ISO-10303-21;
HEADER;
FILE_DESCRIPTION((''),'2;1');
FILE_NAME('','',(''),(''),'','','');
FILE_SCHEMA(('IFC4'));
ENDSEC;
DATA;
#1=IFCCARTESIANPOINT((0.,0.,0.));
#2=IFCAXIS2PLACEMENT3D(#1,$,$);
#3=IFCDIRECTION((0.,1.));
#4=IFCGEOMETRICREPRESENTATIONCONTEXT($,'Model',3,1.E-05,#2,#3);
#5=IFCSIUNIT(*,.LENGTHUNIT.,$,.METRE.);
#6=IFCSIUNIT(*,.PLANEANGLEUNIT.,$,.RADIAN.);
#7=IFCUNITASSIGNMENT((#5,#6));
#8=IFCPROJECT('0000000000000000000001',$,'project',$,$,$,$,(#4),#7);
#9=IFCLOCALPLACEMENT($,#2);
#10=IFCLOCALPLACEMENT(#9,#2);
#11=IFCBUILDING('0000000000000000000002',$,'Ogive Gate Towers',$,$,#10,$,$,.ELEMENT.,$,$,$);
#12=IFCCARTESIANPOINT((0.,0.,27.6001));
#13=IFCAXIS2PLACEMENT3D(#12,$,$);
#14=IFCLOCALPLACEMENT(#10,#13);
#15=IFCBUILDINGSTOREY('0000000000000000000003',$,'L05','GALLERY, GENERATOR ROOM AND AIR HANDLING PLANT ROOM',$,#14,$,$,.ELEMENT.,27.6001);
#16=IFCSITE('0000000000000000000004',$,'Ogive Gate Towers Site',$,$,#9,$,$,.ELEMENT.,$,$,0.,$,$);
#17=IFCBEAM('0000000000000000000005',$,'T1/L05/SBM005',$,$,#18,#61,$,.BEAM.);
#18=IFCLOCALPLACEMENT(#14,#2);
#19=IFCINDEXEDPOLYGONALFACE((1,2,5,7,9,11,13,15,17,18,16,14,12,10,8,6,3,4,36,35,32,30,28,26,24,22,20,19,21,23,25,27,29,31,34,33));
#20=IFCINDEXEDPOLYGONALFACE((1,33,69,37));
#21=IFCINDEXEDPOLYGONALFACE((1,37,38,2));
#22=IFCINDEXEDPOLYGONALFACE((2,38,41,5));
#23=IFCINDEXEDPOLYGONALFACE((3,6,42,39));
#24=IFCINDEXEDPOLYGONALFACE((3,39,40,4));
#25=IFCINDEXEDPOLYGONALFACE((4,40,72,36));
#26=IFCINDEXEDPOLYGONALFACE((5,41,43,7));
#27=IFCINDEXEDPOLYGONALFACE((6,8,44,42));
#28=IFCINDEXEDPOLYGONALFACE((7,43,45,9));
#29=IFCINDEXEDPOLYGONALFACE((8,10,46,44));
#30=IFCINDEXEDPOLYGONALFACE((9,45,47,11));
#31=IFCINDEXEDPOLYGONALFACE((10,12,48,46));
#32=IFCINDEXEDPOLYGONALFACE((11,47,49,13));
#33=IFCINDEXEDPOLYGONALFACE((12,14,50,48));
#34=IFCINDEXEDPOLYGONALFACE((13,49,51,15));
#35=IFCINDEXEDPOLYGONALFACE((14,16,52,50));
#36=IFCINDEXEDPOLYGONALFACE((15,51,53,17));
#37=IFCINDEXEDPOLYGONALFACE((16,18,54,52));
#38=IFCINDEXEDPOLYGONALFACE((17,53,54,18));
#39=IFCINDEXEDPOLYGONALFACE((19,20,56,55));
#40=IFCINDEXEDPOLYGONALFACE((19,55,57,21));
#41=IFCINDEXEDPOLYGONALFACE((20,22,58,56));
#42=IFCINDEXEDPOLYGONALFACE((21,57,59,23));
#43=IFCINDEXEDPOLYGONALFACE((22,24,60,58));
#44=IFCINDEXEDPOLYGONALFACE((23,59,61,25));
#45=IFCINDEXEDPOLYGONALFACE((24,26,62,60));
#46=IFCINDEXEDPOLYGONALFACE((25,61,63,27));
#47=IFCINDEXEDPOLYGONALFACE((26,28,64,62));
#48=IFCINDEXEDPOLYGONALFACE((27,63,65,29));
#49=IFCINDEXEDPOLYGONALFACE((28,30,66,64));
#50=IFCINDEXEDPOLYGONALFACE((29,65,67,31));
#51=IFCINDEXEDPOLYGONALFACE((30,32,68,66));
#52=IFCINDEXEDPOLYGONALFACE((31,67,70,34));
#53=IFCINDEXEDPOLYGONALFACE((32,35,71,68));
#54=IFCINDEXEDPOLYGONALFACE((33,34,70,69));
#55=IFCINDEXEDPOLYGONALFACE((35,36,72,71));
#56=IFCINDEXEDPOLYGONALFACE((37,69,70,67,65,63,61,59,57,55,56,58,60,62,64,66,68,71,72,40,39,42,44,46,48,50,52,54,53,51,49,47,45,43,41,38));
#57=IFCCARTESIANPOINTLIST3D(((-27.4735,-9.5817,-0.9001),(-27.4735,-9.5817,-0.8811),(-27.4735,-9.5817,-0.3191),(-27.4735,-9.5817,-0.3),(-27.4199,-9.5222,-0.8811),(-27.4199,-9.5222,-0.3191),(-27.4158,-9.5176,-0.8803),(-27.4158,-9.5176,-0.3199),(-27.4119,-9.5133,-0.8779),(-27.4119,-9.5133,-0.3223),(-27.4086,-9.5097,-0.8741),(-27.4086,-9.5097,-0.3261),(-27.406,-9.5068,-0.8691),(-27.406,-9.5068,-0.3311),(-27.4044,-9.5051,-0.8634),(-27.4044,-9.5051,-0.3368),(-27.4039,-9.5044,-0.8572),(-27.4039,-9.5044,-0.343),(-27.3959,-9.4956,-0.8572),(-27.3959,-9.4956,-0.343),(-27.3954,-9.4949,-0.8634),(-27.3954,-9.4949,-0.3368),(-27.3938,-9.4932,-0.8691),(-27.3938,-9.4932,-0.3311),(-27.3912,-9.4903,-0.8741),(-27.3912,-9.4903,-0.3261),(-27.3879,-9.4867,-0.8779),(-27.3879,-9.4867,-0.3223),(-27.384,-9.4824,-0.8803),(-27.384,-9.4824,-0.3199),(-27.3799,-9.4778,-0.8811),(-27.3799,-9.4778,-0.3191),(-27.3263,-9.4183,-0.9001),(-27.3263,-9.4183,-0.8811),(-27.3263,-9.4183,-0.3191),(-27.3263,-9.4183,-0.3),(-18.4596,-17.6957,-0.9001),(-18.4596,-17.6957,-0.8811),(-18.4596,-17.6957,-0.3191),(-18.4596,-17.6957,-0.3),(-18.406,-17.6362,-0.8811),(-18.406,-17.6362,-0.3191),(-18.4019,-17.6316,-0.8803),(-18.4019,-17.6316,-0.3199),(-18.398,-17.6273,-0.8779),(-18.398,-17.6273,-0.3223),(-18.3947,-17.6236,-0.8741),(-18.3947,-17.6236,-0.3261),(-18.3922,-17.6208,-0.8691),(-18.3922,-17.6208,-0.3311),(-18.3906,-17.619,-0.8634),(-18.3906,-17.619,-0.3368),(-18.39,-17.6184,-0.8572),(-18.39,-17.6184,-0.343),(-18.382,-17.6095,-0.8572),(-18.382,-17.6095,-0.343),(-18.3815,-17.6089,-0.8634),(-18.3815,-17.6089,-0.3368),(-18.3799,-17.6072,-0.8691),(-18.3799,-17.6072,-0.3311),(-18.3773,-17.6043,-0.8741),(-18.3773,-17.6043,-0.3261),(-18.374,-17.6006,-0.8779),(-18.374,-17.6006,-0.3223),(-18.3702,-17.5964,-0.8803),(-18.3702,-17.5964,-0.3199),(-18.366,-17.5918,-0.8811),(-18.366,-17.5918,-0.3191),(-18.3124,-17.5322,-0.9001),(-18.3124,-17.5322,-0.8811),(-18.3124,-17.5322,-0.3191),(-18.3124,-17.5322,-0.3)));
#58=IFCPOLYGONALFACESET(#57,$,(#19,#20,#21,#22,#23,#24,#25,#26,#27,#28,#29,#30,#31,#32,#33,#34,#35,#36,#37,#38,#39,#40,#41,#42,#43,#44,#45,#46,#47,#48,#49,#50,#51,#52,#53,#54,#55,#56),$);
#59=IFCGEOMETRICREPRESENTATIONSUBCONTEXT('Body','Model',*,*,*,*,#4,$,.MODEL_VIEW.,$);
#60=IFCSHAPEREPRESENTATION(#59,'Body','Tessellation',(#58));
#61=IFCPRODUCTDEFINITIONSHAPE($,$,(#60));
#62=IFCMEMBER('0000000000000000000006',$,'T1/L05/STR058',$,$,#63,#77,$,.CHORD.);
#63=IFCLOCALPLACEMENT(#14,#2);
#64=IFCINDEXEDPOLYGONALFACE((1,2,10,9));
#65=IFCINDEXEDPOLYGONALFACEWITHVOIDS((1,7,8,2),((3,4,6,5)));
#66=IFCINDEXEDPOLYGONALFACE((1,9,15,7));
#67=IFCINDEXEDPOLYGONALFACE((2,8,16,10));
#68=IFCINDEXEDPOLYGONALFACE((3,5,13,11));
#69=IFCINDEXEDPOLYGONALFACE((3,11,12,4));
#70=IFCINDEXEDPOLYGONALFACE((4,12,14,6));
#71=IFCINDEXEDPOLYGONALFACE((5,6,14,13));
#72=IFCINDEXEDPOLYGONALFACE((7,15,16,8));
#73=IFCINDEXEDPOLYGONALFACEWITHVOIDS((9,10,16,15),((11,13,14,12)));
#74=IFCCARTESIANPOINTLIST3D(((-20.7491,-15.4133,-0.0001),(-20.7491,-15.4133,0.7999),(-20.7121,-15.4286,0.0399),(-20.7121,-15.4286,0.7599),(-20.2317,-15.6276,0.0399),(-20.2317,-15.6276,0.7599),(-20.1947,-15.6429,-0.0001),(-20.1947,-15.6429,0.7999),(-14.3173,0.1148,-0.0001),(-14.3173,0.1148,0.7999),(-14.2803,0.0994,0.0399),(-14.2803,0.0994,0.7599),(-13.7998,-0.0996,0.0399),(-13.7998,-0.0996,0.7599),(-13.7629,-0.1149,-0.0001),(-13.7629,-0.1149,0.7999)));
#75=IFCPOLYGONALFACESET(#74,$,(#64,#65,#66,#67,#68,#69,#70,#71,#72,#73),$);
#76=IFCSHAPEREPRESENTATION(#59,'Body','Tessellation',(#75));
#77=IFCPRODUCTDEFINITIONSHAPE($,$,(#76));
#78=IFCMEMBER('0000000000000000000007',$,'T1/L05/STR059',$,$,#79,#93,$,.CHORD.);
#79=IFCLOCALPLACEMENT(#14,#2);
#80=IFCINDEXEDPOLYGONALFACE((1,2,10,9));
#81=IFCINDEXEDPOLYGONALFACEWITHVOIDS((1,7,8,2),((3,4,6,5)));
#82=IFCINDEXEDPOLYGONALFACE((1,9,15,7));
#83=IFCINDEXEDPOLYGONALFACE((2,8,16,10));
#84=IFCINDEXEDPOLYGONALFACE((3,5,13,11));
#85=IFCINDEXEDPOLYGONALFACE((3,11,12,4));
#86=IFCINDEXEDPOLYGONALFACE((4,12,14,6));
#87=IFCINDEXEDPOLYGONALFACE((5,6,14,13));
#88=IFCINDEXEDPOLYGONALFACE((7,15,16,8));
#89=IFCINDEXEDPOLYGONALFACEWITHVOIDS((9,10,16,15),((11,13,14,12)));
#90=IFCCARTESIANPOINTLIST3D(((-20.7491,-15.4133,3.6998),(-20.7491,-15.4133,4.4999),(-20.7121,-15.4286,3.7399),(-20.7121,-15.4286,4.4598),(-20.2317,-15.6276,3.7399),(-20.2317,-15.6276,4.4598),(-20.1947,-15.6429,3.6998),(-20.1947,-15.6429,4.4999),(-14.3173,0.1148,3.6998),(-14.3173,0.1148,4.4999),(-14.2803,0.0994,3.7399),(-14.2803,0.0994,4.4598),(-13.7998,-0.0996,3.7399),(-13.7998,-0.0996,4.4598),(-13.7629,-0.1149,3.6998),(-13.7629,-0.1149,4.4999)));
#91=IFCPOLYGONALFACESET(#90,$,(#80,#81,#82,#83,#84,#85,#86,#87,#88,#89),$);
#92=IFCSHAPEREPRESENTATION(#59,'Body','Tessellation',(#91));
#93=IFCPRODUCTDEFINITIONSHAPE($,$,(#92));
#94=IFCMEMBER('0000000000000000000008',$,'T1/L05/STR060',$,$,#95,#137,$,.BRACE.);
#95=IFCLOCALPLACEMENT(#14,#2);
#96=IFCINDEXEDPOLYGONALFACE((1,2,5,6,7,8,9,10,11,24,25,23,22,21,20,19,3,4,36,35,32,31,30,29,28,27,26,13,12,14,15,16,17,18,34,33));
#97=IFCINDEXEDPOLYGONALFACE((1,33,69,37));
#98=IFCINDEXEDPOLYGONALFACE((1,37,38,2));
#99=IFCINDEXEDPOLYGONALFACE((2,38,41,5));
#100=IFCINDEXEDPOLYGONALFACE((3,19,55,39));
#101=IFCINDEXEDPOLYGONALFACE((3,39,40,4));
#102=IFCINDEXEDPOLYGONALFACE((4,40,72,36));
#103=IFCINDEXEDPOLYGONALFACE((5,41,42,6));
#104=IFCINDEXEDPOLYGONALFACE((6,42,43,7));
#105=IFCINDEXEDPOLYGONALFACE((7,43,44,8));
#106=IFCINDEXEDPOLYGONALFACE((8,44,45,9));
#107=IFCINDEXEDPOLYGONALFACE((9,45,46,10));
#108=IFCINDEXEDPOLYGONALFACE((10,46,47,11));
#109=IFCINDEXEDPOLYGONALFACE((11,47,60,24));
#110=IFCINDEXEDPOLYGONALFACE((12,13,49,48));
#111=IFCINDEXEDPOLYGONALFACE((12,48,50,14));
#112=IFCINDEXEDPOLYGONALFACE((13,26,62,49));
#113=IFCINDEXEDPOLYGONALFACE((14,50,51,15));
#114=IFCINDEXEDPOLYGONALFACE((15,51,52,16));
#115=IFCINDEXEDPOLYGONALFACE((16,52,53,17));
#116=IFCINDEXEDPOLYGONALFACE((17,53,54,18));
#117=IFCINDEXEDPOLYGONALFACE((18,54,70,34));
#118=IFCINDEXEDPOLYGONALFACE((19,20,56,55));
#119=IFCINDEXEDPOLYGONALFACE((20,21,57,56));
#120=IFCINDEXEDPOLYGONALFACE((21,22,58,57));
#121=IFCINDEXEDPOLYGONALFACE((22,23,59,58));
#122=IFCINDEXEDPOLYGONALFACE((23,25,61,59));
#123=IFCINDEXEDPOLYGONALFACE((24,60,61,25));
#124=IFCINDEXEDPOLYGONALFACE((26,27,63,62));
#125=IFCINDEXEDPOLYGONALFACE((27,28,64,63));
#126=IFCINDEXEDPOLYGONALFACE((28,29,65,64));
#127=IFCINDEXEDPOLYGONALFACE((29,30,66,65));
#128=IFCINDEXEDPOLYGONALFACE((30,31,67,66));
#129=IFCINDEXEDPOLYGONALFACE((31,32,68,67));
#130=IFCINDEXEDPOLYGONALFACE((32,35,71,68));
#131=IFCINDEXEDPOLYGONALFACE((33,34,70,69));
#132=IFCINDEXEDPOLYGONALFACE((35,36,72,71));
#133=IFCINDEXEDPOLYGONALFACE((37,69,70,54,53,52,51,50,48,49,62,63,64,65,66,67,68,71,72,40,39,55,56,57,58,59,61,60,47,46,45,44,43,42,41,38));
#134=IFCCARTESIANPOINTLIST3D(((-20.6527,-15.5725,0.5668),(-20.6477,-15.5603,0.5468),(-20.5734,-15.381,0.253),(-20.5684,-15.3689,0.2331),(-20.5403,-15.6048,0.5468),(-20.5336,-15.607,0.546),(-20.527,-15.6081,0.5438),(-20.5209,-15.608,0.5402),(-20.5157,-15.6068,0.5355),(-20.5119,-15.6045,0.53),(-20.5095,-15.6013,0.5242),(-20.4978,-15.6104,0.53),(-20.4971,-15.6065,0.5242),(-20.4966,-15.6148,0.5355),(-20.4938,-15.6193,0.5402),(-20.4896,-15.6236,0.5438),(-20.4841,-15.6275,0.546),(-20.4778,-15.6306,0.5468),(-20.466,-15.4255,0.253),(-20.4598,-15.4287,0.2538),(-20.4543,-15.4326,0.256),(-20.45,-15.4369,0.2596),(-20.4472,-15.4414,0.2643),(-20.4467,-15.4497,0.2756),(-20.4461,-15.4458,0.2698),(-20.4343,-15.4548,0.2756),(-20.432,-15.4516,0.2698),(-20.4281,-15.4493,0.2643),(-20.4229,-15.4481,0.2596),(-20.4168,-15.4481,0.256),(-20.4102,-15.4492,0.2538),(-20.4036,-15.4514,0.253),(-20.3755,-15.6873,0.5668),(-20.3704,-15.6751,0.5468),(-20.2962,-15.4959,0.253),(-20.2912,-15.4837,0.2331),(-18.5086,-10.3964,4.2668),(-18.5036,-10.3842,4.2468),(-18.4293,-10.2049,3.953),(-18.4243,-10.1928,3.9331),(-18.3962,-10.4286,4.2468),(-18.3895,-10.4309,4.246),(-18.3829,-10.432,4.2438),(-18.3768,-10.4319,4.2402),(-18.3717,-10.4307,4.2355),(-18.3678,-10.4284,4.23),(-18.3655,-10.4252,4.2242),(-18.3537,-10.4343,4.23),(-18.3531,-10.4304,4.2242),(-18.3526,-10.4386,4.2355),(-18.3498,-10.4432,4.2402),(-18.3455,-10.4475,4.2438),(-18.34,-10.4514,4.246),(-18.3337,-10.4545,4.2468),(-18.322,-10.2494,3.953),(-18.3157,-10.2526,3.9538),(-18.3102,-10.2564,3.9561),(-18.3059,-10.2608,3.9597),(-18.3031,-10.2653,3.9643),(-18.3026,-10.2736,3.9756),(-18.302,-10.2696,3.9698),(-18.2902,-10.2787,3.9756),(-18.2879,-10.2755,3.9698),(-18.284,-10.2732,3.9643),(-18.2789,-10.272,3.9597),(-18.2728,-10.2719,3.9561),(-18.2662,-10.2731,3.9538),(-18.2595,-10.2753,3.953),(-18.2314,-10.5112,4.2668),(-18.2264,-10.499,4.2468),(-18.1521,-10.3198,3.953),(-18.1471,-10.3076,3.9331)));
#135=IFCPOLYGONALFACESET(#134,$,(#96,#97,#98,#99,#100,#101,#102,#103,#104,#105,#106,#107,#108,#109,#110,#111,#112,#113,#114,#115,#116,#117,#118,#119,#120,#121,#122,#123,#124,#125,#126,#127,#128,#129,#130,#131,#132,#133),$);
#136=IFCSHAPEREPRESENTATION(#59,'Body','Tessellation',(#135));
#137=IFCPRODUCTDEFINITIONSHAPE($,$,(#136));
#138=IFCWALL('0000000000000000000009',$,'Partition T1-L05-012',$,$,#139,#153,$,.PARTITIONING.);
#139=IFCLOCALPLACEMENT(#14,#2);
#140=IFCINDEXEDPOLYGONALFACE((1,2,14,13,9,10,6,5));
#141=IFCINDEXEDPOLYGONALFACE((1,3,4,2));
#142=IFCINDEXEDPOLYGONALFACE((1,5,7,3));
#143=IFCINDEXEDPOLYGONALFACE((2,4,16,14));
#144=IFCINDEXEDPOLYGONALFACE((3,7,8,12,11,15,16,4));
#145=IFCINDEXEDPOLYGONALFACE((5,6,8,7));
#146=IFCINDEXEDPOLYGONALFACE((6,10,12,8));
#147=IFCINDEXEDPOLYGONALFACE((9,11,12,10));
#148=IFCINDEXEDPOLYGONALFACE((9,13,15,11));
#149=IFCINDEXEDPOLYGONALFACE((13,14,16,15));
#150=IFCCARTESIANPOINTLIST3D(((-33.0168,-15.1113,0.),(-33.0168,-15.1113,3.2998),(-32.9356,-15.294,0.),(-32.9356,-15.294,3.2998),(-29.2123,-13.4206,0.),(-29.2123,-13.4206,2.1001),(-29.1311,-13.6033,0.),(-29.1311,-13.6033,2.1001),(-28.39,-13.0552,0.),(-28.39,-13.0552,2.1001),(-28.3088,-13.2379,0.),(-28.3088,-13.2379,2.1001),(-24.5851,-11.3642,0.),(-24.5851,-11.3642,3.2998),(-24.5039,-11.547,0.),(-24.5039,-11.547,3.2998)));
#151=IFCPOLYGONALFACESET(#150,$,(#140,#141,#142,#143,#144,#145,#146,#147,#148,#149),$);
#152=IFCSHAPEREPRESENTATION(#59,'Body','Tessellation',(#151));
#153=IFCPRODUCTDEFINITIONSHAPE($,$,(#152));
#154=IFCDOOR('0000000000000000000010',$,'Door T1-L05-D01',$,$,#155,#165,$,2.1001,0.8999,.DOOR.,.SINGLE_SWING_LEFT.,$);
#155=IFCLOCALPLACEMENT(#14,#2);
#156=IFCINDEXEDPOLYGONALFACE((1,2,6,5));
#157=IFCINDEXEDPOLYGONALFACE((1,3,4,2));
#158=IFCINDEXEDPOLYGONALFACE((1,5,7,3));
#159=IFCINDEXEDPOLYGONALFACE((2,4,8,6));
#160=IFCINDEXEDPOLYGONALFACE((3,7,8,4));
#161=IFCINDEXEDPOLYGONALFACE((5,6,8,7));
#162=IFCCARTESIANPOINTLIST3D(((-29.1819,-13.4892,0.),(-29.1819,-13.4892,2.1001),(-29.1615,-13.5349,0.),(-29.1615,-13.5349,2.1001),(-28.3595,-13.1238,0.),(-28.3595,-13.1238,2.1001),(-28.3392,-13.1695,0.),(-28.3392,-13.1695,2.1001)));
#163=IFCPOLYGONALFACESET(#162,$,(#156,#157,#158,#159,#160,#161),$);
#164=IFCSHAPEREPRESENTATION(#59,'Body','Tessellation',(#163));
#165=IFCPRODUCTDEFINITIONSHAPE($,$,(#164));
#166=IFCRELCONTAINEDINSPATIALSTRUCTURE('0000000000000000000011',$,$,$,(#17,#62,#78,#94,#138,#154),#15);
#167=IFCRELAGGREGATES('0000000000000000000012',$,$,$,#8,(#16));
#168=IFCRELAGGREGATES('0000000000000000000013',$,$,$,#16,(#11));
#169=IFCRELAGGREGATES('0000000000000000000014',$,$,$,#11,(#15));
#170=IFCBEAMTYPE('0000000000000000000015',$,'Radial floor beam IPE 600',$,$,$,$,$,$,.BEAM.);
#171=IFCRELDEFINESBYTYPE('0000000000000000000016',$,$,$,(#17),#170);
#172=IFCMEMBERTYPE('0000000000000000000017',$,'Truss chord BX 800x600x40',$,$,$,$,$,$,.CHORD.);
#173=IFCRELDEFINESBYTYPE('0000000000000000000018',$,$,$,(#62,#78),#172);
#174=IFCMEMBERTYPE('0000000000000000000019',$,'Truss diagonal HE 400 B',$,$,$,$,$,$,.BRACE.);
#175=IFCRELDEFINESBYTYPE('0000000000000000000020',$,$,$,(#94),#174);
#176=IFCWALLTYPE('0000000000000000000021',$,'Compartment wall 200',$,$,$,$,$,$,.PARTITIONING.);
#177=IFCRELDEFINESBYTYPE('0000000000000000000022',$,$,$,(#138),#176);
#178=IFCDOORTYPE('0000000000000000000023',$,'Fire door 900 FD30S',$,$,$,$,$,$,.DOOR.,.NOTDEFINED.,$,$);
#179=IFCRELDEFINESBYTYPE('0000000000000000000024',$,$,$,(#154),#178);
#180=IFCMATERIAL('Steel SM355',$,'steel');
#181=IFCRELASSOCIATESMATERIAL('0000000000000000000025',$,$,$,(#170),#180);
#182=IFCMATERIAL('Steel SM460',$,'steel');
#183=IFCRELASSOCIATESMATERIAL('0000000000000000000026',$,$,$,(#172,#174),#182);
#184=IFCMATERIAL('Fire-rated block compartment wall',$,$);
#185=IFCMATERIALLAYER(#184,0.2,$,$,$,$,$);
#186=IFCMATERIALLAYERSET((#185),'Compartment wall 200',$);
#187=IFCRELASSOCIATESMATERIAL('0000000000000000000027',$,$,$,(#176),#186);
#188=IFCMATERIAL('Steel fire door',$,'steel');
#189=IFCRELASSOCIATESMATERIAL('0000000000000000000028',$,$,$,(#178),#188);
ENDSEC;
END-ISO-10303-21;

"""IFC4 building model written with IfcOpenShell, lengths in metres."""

from ifc_helpers import new_model, si_unit, direction, frame, frame_2d, origin, origin_2d, place, context, subcontext, project, spatial, rectangle, hollow_rectangle, i_section, extrude, material, layer, layer_set, material_profile, profile_set, type_object, element, fill, save


model = new_model("IFC4")

# Units and contexts
model_context = context("Model", 3, precision=1e-05, world=origin(), true_north=direction((0.0, 1.0)))
body_context = subcontext(model_context, "Body", "Model", "MODEL_VIEW")
ifc_project = project(units=[si_unit("LENGTHUNIT", "METRE"), si_unit("PLANEANGLEUNIT", "RADIAN")], contexts=[model_context])

# Site, building, storey
site_placement = place(None, origin())
site = spatial("IfcSite", under=ifc_project, at=site_placement, Name="Ogive Gate Towers Site", CompositionType="ELEMENT", RefElevation=0.0)
building_placement = place(site_placement, origin())
building = spatial("IfcBuilding", under=site, at=building_placement, Name="Ogive Gate Towers", CompositionType="ELEMENT")
storey_placement = place(building_placement, frame((0.0, 0.0, 27.6001)))
storey = spatial("IfcBuildingStorey", under=building, at=storey_placement, Name="L05", Description="GALLERY, GENERATOR ROOM AND AIR HANDLING PLANT ROOM", CompositionType="ELEMENT", Elevation=27.6001)

# Beam
ifc_material_1 = material(Name="Steel SM460", Category="steel")
ifc_material_2 = material(Name="Steel SM355", Category="steel")
ifc_material_profile_1 = material_profile(ifc_material_2, i_section(OverallWidth=0.22, OverallDepth=0.6001, WebThickness=0.012, FlangeThickness=0.019, FilletRadius=0.0239, at=origin_2d()), Name="IPE 600")
ifc_profile_set_1 = profile_set([ifc_material_profile_1], Name="Steel SM355")
beam_type_1 = type_object("IfcBeamType", Name="Radial floor beam IPE 600", PredefinedType="BEAM", material=ifc_profile_set_1)
beam_1_placement = place(storey_placement, frame((-27.3999, -9.5, -0.6001), z_axis=(0.743233, -0.669033, 0.0), x_axis=(0.669033, 0.743233, 0.0)))
element("IfcBeam", 1, at=beam_1_placement, inside=storey, type_object=beam_type_1, Name="T1/L05/SBM005", PredefinedType="BEAM", context=body_context, shape_type="SweptSolid", body=[
    extrude(i_section(OverallWidth=0.22, OverallDepth=0.6001, WebThickness=0.012, FlangeThickness=0.019, FilletRadius=0.0239, at=origin_2d()), origin(), (0.0, 0.0, 1.0), 12.1279),
])

# Members
ifc_material_profile_2 = material_profile(ifc_material_1, hollow_rectangle(XDim=0.6001, YDim=0.8, WallThickness=0.04, at=origin_2d()), Name="BX 800x600x40")
ifc_profile_set_2 = profile_set([ifc_material_profile_2], Name="Steel SM460")
member_type_1 = type_object("IfcMemberType", Name="Truss chord BX 800x600x40", PredefinedType="CHORD", material=ifc_profile_set_2)
for number, where, z_axis, x_axis, name in (
    (2, (-20.4719, -15.5281, 0.3999), (0.382681, 0.923881, 0.0), (-0.923881, 0.382681, 0.0), "T1/L05/STR058"),
    (3, (-20.4719, -15.5281, 4.0999), (0.382681, 0.923881, 0.0), (-0.923881, 0.382681, 0.0), "T1/L05/STR059"),
):
    element("IfcMember", number, at=place(storey_placement, frame(where, z_axis=z_axis, x_axis=x_axis)), inside=storey, type_object=member_type_1, Name=name, PredefinedType="CHORD", context=body_context, shape_type="SweptSolid", body=[
        extrude(hollow_rectangle(XDim=0.6001, YDim=0.8, WallThickness=0.04, at=origin_2d()), origin(), (0.0, 0.0, 1.0), 16.8074),
    ])
ifc_material_profile_3 = material_profile(ifc_material_1, i_section(OverallWidth=0.3, OverallDepth=0.3999, WebThickness=0.0134, FlangeThickness=0.0239, FilletRadius=0.0271, at=origin_2d()), Name="HE 400 B")
ifc_profile_set_3 = profile_set([ifc_material_profile_3], Name="Steel SM460")
member_type_2 = type_object("IfcMemberType", Name="Truss diagonal HE 400 B", PredefinedType="BRACE", material=ifc_profile_set_3)
member_placement = place(storey_placement, frame((-20.4719, -15.5281, 0.3999), z_axis=(0.319339, 0.77093, 0.55108), x_axis=(-0.923876, 0.382693, 0.0)))
element("IfcMember", 4, at=member_placement, inside=storey, type_object=member_type_2, Name="T1/L05/STR060", PredefinedType="BRACE", context=body_context, shape_type="SweptSolid", body=[
    extrude(i_section(OverallWidth=0.3, OverallDepth=0.3999, WebThickness=0.0134, FlangeThickness=0.0239, FilletRadius=0.0271, at=origin_2d()), origin(), (0.0, 0.0, 1.0), 6.7141),
])

# Wall, opening, door
ifc_material_3 = material(Name="Fire-rated block compartment wall")
ifc_layer_1 = layer(ifc_material_3, 0.2)
ifc_layer_set_1 = layer_set([ifc_layer_1], Name="Compartment wall 200")
wall_type_1 = type_object("IfcWallType", Name="Compartment wall 200", PredefinedType="PARTITIONING", material=ifc_layer_set_1)
wall_1_placement = place(storey_placement, frame((-32.9761, -15.2026, 0.0), z_axis=(0.0, 0.0, 1.0), x_axis=(0.913825, 0.406109, 0.0)))
wall_1 = element("IfcWall", 5, at=wall_1_placement, inside=storey, type_object=wall_type_1, Name="Partition T1-L05-012", PredefinedType="PARTITIONING", context=body_context, shape_type="SweptSolid", body=[
    extrude(rectangle(XDim=9.2268, YDim=0.2, at=frame_2d((4.6133, 0.0))), origin(), (0.0, 0.0, 1.0), 3.2998),
])
opening_1_placement = place(wall_1_placement, frame((4.1631, 0.0, 0.0)))
opening_1 = element("IfcOpeningElement", 6, at=opening_1_placement, cuts=wall_1, PredefinedType="OPENING", context=body_context, shape_type="SweptSolid", body=[
    extrude(rectangle(XDim=0.8999, YDim=2.1001, at=frame_2d((0.45, 1.05))), frame((0.0, 0.1099, 0.0), z_axis=(0.0, -1.0, 0.0), x_axis=(1.0, 0.0, 0.0)), (0.0, 0.0, 1.0), 0.22),
])
ifc_material_4 = material(Name="Steel fire door", Category="steel")
door_type_1 = type_object("IfcDoorType", Name="Fire door 900 FD30S", OperationType="NOTDEFINED", PredefinedType="DOOR", material=ifc_material_4)
door_1_placement = place(opening_1_placement, origin())
door_1 = element("IfcDoor", 7, at=door_1_placement, inside=storey, type_object=door_type_1, Name="Door T1-L05-D01", OperationType="SINGLE_SWING_LEFT", OverallHeight=2.1001, OverallWidth=0.8999, PredefinedType="DOOR", context=body_context, shape_type="SweptSolid", body=[
    extrude(rectangle(XDim=0.8999, YDim=2.1001, at=frame_2d((0.45, 1.05))), frame((0.0, 0.0249, 0.0), z_axis=(0.0, -1.0, 0.0), x_axis=(1.0, 0.0, 0.0)), (0.0, 0.0, 1.0), 0.05),
])
fill(opening_1, door_1)

save(model, "model.ifc")
